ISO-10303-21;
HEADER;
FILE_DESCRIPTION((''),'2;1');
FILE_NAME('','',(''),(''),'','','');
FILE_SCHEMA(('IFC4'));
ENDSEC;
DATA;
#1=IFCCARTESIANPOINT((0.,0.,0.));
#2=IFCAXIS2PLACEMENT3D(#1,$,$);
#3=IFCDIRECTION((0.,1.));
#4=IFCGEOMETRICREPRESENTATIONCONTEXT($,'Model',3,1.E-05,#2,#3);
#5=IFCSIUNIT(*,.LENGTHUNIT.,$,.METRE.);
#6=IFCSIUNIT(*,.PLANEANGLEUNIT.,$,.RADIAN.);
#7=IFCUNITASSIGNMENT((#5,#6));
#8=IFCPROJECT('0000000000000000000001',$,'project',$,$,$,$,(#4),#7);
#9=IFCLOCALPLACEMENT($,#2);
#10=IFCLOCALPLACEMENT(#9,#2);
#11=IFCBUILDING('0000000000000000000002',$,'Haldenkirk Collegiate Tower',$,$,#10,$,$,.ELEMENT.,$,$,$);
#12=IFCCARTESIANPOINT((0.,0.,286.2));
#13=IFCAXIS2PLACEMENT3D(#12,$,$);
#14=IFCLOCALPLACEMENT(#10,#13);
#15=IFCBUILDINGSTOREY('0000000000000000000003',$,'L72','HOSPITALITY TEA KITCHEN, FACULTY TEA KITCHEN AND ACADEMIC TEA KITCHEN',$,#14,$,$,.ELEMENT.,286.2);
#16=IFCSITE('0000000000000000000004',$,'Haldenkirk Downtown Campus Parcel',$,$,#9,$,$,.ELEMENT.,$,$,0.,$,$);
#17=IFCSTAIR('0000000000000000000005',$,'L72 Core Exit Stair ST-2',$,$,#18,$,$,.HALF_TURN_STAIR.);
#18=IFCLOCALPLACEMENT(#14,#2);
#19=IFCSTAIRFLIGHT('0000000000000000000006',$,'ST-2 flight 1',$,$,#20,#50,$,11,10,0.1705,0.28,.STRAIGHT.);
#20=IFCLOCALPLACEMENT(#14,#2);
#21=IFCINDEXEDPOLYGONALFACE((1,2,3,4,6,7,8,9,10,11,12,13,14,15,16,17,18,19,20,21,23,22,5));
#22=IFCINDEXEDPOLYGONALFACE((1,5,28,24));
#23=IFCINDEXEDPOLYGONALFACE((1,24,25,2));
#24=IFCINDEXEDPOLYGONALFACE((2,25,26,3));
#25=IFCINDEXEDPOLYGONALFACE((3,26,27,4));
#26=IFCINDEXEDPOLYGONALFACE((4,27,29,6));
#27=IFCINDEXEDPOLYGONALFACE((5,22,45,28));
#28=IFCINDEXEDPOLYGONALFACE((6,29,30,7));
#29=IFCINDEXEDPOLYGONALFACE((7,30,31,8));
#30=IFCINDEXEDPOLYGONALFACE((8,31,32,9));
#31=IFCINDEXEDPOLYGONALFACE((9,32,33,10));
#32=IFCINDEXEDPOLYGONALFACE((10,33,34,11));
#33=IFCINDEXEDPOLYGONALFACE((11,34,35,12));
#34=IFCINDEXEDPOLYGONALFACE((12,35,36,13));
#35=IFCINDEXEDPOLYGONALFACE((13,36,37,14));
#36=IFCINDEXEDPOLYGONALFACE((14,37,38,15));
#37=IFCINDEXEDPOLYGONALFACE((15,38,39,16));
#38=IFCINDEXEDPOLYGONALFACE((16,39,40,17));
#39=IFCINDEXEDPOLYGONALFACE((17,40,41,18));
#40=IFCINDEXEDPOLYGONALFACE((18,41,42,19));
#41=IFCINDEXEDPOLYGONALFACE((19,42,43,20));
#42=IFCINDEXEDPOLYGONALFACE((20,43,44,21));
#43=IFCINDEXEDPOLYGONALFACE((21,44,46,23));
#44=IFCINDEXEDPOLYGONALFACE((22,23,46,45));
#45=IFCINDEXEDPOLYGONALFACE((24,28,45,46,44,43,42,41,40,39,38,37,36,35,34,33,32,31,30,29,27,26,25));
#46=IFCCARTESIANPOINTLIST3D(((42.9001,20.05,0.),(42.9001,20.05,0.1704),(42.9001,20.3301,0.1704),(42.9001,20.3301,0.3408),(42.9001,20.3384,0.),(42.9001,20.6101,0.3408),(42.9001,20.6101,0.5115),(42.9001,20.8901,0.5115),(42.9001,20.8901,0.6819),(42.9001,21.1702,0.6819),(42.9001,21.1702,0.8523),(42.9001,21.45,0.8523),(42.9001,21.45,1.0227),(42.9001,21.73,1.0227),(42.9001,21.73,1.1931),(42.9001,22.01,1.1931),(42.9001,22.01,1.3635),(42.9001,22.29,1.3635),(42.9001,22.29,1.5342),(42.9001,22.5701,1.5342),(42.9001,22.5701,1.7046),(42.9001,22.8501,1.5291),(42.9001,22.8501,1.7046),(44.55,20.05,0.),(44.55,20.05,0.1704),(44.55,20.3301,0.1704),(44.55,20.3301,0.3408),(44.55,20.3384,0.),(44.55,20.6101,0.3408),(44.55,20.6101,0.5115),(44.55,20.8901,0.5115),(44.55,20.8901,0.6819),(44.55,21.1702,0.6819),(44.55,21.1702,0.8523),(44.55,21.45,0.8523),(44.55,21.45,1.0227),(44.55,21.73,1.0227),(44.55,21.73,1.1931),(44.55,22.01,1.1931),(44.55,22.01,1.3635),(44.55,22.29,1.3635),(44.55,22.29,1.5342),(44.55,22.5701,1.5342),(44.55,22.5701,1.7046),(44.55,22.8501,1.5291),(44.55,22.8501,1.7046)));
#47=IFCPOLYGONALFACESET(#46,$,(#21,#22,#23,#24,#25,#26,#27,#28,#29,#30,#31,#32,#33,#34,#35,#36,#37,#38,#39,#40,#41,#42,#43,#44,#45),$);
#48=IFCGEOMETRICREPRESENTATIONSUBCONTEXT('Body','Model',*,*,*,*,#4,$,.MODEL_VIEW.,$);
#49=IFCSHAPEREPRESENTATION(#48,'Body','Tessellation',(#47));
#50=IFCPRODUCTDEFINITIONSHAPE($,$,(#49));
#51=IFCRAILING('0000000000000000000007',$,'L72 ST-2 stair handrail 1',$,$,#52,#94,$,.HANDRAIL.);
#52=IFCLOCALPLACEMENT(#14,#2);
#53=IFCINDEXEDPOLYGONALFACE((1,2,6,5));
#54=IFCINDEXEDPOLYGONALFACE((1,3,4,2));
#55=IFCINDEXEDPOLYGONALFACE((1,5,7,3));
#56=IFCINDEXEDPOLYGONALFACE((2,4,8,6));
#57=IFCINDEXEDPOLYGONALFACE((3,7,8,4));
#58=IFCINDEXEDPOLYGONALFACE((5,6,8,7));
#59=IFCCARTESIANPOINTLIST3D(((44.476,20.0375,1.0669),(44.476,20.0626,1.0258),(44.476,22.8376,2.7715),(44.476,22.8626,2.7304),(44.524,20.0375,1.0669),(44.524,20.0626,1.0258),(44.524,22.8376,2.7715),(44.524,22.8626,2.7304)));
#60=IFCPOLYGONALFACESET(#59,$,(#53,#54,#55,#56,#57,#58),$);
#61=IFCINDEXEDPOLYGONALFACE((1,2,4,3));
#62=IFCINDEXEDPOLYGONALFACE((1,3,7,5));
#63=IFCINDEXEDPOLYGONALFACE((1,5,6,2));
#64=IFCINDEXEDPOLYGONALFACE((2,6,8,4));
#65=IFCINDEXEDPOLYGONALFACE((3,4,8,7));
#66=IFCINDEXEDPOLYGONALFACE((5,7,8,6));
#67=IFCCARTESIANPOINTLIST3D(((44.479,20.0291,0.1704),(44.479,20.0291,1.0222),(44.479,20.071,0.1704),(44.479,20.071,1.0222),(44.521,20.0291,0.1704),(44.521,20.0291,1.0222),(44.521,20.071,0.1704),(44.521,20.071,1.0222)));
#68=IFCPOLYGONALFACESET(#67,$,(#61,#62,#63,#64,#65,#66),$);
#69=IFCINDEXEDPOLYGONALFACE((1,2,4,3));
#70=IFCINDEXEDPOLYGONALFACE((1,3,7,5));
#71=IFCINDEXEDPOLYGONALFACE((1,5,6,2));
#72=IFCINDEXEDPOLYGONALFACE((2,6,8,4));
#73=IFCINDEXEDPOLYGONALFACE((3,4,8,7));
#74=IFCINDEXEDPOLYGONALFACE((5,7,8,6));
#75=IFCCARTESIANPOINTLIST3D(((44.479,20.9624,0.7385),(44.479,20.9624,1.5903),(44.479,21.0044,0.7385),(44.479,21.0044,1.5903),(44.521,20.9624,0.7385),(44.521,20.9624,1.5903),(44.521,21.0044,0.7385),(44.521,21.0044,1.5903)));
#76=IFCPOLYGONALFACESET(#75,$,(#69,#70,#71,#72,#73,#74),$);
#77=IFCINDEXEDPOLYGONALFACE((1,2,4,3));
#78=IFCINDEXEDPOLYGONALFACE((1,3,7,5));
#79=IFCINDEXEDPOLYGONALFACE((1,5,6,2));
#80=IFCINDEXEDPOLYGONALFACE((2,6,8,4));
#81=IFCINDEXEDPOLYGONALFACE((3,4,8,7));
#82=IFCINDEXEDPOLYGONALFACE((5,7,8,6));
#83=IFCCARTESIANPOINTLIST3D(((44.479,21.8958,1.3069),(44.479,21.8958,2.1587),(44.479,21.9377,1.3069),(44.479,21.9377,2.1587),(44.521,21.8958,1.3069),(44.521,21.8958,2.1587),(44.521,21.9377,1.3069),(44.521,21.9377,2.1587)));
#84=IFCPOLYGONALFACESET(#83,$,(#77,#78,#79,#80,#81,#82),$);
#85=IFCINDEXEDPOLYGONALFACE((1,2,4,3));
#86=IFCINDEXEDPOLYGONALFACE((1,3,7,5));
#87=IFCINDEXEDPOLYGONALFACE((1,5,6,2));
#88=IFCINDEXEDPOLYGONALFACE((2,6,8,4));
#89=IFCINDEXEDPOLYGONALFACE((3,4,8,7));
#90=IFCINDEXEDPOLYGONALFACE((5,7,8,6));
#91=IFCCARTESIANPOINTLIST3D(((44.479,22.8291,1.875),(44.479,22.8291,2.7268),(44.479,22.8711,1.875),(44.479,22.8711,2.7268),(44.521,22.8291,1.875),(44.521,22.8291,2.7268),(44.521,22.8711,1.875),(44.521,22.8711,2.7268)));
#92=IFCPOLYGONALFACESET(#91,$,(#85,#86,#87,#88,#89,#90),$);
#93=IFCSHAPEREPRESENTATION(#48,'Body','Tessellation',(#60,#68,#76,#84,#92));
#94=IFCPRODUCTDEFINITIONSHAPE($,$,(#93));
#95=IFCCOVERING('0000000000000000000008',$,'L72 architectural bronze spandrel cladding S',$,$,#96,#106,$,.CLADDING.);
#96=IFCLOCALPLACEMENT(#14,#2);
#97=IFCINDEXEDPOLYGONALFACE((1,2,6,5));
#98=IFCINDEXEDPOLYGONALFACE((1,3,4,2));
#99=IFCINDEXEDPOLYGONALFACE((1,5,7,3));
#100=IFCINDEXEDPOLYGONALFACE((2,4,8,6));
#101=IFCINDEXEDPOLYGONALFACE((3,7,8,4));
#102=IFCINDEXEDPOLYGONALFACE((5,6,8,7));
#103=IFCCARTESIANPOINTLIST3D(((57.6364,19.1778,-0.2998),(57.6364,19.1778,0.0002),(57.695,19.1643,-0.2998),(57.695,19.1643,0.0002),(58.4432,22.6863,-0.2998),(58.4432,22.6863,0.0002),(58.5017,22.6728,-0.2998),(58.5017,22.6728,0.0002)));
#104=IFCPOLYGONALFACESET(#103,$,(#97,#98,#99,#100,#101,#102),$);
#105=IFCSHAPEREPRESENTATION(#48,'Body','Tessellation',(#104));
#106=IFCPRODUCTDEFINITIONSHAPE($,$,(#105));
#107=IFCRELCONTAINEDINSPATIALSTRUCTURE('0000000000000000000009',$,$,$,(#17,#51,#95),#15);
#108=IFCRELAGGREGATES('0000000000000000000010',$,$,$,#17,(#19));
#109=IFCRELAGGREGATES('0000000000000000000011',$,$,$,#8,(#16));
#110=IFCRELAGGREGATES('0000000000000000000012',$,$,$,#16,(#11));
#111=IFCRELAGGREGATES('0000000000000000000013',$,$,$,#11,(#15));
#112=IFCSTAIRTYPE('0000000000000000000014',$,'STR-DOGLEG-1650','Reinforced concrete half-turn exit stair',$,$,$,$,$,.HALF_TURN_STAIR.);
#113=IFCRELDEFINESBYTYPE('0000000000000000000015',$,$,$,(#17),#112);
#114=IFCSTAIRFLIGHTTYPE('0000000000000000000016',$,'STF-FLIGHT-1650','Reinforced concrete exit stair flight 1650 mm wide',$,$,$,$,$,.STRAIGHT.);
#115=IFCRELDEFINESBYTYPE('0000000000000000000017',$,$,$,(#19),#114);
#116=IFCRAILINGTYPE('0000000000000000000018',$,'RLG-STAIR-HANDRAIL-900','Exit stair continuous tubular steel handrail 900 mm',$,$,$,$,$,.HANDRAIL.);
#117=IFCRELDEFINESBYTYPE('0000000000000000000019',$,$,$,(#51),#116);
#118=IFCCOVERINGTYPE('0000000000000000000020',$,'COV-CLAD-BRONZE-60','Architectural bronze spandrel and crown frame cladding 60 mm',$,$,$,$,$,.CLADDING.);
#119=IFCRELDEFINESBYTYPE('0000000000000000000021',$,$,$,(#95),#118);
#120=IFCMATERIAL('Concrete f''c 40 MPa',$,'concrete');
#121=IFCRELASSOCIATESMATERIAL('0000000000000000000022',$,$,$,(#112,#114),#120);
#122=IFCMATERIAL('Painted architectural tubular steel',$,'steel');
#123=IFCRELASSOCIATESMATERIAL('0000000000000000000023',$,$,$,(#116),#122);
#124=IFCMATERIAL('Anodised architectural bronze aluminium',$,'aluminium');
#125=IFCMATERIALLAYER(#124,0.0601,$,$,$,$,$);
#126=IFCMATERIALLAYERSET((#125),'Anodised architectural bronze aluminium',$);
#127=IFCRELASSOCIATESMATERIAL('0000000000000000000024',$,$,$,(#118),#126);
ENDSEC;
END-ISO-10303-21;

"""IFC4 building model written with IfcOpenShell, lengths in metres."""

from ifc_helpers import new_model, si_unit, direction, frame, origin, origin_2d, place, context, subcontext, project, spatial, polyline, rectangle, outline, extrude, source, transform, mapped, material, layer, layer_set, type_object, element, aggregate, save


model = new_model("IFC4")

# Units and contexts
model_context = context("Model", 3, precision=1e-05, world=origin(), true_north=direction((0.0, 1.0)))
body_context = subcontext(model_context, "Body", "Model", "MODEL_VIEW")
ifc_project = project(units=[si_unit("LENGTHUNIT", "METRE"), si_unit("PLANEANGLEUNIT", "RADIAN")], contexts=[model_context])

# Site, building, storey
site_placement = place(None, origin())
site = spatial("IfcSite", under=ifc_project, at=site_placement, Name="Haldenkirk Downtown Campus Parcel", CompositionType="ELEMENT", RefElevation=0.0)
building_placement = place(site_placement, origin())
building = spatial("IfcBuilding", under=site, at=building_placement, Name="Haldenkirk Collegiate Tower", CompositionType="ELEMENT")
storey_placement = place(building_placement, frame((0.0, 0.0, 286.2)))
storey = spatial("IfcBuildingStorey", under=building, at=storey_placement, Name="L72", Description="HOSPITALITY TEA KITCHEN, FACULTY TEA KITCHEN AND ACADEMIC TEA KITCHEN", CompositionType="ELEMENT", Elevation=286.2)

# Shared definitions
ifc_material_1 = material(Name="Anodised architectural bronze aluminium", Category="aluminium")

# Stair, stair flight
ifc_material_2 = material(Name="Concrete f'c 40 MPa", Category="concrete")
stair_type = type_object("IfcStairType", Name="STR-DOGLEG-1650", Description="Reinforced concrete half-turn exit stair", PredefinedType="HALF_TURN_STAIR", material=ifc_material_2)
stair_placement = place(storey_placement, origin())
stair = element("IfcStair", 1, at=stair_placement, inside=storey, type_object=stair_type, Name="L72 Core Exit Stair ST-2", PredefinedType="HALF_TURN_STAIR")
stair_flight_type = type_object("IfcStairFlightType", Name="STF-FLIGHT-1650", Description="Reinforced concrete exit stair flight 1650 mm wide", PredefinedType="STRAIGHT", material=ifc_material_2)
stair_flight_placement = place(storey_placement, frame((43.7251, 20.05, 0.0), z_axis=(0.0, 0.0, 1.0), x_axis=(0.0, 1.0, 0.0)))
stair_flight = element("IfcStairFlight", 2, at=stair_flight_placement, type_object=stair_flight_type, Name="ST-2 flight 1", NumberOfRisers=11, NumberOfTreads=10, PredefinedType="STRAIGHT", RiserHeight=0.1705, TreadLength=0.28, context=body_context, shape_type="SweptSolid", body=[
    extrude(outline(polyline([(0.0, 0.0), (0.0, 0.1704), (0.28, 0.1704), (0.28, 0.3408), (0.5601, 0.3408), (0.5601, 0.5115), (0.8401, 0.5115), (0.8401, 0.6819), (1.1201, 0.6819), (1.1201, 0.8523), (1.3999, 0.8523), (1.3999, 1.0227), (1.6799, 1.0227), (1.6799, 1.1931), (1.96, 1.1931), (1.96, 1.3635), (2.24, 1.3635), (2.24, 1.5342), (2.52, 1.5342), (2.52, 1.7046), (2.8, 1.7046), (2.8, 1.875), (2.8, 1.5291), (0.2883, 0.0), (0.0, 0.0)])), frame((0.0, 0.825, 0.0), z_axis=(0.0, -1.0, 0.0), x_axis=(1.0, 0.0, 0.0)), (0.0, 0.0, 1.0), 1.6499),
])
aggregate(stair, [stair_flight])

# Railing
ifc_material_3 = material(Name="Painted architectural tubular steel", Category="steel")
railing_type = type_object("IfcRailingType", Name="RLG-STAIR-HANDRAIL-900", Description="Exit stair continuous tubular steel handrail 900 mm", PredefinedType="HANDRAIL", material=ifc_material_3)
railing_placement = place(storey_placement, frame((44.5, 20.05, 0.1704)))
element("IfcRailing", 3, at=railing_placement, inside=storey, type_object=railing_type, Name="L72 ST-2 stair handrail 1", PredefinedType="HANDRAIL", context=body_context, shape_type="SweptSolid", body=[
    extrude(rectangle(XDim=0.0481, YDim=0.0481, at=origin_2d()), frame((0.0, 0.0, 0.876), z_axis=(0.0, 0.85417, 0.519994), x_axis=(-1.0, 0.0, 0.0)), (0.0, 0.0, 1.0), 3.2781),
    extrude(rectangle(XDim=0.042, YDim=0.042, at=origin_2d()), origin(), (0.0, 0.0, 1.0), 0.8518),
    extrude(rectangle(XDim=0.042, YDim=0.042, at=origin_2d()), frame((0.0, 0.9333, 0.5681)), (0.0, 0.0, 1.0), 0.8518),
    extrude(rectangle(XDim=0.042, YDim=0.042, at=origin_2d()), frame((0.0, 1.8667, 1.1365)), (0.0, 0.0, 1.0), 0.8518),
    extrude(rectangle(XDim=0.042, YDim=0.042, at=origin_2d()), frame((0.0, 2.8, 1.7046)), (0.0, 0.0, 1.0), 0.8518),
])

# Covering
ifc_layer_1 = layer(ifc_material_1, 0.0601)
ifc_layer_set_1 = layer_set([ifc_layer_1], Name="Anodised architectural bronze aluminium")
covering_type = type_object("IfcCoveringType", Name="COV-CLAD-BRONZE-60", Description="Architectural bronze spandrel and crown frame cladding 60 mm", PredefinedType="CLADDING", material=ifc_layer_set_1)
shared_shape_1 = source(origin(), body_context, "Body", "SweptSolid", [
    extrude(rectangle(XDim=3.6001, YDim=0.0601, at=origin_2d()), origin(), (0.0, 0.0, 1.0), 0.3),
])
covering_placement = place(storey_placement, frame((58.0691, 20.9253, -0.2998), z_axis=(0.0, 0.0, 1.0), x_axis=(-0.224101, -0.974566, 0.0)))
element("IfcCovering", 4, at=covering_placement, inside=storey, type_object=covering_type, Name="L72 architectural bronze spandrel cladding S", PredefinedType="CLADDING", context=body_context, shape_type="MappedRepresentation", body=[
    mapped(shared_shape_1, transform((0.0, 0.0, 0.0), x_axis=(1.0, 0.0, 0.0), y_axis=(0.0, 1.0, 0.0), z_axis=(0.0, 0.0, 1.0), scale=1.0)),
])

save(model, "model.ifc")
